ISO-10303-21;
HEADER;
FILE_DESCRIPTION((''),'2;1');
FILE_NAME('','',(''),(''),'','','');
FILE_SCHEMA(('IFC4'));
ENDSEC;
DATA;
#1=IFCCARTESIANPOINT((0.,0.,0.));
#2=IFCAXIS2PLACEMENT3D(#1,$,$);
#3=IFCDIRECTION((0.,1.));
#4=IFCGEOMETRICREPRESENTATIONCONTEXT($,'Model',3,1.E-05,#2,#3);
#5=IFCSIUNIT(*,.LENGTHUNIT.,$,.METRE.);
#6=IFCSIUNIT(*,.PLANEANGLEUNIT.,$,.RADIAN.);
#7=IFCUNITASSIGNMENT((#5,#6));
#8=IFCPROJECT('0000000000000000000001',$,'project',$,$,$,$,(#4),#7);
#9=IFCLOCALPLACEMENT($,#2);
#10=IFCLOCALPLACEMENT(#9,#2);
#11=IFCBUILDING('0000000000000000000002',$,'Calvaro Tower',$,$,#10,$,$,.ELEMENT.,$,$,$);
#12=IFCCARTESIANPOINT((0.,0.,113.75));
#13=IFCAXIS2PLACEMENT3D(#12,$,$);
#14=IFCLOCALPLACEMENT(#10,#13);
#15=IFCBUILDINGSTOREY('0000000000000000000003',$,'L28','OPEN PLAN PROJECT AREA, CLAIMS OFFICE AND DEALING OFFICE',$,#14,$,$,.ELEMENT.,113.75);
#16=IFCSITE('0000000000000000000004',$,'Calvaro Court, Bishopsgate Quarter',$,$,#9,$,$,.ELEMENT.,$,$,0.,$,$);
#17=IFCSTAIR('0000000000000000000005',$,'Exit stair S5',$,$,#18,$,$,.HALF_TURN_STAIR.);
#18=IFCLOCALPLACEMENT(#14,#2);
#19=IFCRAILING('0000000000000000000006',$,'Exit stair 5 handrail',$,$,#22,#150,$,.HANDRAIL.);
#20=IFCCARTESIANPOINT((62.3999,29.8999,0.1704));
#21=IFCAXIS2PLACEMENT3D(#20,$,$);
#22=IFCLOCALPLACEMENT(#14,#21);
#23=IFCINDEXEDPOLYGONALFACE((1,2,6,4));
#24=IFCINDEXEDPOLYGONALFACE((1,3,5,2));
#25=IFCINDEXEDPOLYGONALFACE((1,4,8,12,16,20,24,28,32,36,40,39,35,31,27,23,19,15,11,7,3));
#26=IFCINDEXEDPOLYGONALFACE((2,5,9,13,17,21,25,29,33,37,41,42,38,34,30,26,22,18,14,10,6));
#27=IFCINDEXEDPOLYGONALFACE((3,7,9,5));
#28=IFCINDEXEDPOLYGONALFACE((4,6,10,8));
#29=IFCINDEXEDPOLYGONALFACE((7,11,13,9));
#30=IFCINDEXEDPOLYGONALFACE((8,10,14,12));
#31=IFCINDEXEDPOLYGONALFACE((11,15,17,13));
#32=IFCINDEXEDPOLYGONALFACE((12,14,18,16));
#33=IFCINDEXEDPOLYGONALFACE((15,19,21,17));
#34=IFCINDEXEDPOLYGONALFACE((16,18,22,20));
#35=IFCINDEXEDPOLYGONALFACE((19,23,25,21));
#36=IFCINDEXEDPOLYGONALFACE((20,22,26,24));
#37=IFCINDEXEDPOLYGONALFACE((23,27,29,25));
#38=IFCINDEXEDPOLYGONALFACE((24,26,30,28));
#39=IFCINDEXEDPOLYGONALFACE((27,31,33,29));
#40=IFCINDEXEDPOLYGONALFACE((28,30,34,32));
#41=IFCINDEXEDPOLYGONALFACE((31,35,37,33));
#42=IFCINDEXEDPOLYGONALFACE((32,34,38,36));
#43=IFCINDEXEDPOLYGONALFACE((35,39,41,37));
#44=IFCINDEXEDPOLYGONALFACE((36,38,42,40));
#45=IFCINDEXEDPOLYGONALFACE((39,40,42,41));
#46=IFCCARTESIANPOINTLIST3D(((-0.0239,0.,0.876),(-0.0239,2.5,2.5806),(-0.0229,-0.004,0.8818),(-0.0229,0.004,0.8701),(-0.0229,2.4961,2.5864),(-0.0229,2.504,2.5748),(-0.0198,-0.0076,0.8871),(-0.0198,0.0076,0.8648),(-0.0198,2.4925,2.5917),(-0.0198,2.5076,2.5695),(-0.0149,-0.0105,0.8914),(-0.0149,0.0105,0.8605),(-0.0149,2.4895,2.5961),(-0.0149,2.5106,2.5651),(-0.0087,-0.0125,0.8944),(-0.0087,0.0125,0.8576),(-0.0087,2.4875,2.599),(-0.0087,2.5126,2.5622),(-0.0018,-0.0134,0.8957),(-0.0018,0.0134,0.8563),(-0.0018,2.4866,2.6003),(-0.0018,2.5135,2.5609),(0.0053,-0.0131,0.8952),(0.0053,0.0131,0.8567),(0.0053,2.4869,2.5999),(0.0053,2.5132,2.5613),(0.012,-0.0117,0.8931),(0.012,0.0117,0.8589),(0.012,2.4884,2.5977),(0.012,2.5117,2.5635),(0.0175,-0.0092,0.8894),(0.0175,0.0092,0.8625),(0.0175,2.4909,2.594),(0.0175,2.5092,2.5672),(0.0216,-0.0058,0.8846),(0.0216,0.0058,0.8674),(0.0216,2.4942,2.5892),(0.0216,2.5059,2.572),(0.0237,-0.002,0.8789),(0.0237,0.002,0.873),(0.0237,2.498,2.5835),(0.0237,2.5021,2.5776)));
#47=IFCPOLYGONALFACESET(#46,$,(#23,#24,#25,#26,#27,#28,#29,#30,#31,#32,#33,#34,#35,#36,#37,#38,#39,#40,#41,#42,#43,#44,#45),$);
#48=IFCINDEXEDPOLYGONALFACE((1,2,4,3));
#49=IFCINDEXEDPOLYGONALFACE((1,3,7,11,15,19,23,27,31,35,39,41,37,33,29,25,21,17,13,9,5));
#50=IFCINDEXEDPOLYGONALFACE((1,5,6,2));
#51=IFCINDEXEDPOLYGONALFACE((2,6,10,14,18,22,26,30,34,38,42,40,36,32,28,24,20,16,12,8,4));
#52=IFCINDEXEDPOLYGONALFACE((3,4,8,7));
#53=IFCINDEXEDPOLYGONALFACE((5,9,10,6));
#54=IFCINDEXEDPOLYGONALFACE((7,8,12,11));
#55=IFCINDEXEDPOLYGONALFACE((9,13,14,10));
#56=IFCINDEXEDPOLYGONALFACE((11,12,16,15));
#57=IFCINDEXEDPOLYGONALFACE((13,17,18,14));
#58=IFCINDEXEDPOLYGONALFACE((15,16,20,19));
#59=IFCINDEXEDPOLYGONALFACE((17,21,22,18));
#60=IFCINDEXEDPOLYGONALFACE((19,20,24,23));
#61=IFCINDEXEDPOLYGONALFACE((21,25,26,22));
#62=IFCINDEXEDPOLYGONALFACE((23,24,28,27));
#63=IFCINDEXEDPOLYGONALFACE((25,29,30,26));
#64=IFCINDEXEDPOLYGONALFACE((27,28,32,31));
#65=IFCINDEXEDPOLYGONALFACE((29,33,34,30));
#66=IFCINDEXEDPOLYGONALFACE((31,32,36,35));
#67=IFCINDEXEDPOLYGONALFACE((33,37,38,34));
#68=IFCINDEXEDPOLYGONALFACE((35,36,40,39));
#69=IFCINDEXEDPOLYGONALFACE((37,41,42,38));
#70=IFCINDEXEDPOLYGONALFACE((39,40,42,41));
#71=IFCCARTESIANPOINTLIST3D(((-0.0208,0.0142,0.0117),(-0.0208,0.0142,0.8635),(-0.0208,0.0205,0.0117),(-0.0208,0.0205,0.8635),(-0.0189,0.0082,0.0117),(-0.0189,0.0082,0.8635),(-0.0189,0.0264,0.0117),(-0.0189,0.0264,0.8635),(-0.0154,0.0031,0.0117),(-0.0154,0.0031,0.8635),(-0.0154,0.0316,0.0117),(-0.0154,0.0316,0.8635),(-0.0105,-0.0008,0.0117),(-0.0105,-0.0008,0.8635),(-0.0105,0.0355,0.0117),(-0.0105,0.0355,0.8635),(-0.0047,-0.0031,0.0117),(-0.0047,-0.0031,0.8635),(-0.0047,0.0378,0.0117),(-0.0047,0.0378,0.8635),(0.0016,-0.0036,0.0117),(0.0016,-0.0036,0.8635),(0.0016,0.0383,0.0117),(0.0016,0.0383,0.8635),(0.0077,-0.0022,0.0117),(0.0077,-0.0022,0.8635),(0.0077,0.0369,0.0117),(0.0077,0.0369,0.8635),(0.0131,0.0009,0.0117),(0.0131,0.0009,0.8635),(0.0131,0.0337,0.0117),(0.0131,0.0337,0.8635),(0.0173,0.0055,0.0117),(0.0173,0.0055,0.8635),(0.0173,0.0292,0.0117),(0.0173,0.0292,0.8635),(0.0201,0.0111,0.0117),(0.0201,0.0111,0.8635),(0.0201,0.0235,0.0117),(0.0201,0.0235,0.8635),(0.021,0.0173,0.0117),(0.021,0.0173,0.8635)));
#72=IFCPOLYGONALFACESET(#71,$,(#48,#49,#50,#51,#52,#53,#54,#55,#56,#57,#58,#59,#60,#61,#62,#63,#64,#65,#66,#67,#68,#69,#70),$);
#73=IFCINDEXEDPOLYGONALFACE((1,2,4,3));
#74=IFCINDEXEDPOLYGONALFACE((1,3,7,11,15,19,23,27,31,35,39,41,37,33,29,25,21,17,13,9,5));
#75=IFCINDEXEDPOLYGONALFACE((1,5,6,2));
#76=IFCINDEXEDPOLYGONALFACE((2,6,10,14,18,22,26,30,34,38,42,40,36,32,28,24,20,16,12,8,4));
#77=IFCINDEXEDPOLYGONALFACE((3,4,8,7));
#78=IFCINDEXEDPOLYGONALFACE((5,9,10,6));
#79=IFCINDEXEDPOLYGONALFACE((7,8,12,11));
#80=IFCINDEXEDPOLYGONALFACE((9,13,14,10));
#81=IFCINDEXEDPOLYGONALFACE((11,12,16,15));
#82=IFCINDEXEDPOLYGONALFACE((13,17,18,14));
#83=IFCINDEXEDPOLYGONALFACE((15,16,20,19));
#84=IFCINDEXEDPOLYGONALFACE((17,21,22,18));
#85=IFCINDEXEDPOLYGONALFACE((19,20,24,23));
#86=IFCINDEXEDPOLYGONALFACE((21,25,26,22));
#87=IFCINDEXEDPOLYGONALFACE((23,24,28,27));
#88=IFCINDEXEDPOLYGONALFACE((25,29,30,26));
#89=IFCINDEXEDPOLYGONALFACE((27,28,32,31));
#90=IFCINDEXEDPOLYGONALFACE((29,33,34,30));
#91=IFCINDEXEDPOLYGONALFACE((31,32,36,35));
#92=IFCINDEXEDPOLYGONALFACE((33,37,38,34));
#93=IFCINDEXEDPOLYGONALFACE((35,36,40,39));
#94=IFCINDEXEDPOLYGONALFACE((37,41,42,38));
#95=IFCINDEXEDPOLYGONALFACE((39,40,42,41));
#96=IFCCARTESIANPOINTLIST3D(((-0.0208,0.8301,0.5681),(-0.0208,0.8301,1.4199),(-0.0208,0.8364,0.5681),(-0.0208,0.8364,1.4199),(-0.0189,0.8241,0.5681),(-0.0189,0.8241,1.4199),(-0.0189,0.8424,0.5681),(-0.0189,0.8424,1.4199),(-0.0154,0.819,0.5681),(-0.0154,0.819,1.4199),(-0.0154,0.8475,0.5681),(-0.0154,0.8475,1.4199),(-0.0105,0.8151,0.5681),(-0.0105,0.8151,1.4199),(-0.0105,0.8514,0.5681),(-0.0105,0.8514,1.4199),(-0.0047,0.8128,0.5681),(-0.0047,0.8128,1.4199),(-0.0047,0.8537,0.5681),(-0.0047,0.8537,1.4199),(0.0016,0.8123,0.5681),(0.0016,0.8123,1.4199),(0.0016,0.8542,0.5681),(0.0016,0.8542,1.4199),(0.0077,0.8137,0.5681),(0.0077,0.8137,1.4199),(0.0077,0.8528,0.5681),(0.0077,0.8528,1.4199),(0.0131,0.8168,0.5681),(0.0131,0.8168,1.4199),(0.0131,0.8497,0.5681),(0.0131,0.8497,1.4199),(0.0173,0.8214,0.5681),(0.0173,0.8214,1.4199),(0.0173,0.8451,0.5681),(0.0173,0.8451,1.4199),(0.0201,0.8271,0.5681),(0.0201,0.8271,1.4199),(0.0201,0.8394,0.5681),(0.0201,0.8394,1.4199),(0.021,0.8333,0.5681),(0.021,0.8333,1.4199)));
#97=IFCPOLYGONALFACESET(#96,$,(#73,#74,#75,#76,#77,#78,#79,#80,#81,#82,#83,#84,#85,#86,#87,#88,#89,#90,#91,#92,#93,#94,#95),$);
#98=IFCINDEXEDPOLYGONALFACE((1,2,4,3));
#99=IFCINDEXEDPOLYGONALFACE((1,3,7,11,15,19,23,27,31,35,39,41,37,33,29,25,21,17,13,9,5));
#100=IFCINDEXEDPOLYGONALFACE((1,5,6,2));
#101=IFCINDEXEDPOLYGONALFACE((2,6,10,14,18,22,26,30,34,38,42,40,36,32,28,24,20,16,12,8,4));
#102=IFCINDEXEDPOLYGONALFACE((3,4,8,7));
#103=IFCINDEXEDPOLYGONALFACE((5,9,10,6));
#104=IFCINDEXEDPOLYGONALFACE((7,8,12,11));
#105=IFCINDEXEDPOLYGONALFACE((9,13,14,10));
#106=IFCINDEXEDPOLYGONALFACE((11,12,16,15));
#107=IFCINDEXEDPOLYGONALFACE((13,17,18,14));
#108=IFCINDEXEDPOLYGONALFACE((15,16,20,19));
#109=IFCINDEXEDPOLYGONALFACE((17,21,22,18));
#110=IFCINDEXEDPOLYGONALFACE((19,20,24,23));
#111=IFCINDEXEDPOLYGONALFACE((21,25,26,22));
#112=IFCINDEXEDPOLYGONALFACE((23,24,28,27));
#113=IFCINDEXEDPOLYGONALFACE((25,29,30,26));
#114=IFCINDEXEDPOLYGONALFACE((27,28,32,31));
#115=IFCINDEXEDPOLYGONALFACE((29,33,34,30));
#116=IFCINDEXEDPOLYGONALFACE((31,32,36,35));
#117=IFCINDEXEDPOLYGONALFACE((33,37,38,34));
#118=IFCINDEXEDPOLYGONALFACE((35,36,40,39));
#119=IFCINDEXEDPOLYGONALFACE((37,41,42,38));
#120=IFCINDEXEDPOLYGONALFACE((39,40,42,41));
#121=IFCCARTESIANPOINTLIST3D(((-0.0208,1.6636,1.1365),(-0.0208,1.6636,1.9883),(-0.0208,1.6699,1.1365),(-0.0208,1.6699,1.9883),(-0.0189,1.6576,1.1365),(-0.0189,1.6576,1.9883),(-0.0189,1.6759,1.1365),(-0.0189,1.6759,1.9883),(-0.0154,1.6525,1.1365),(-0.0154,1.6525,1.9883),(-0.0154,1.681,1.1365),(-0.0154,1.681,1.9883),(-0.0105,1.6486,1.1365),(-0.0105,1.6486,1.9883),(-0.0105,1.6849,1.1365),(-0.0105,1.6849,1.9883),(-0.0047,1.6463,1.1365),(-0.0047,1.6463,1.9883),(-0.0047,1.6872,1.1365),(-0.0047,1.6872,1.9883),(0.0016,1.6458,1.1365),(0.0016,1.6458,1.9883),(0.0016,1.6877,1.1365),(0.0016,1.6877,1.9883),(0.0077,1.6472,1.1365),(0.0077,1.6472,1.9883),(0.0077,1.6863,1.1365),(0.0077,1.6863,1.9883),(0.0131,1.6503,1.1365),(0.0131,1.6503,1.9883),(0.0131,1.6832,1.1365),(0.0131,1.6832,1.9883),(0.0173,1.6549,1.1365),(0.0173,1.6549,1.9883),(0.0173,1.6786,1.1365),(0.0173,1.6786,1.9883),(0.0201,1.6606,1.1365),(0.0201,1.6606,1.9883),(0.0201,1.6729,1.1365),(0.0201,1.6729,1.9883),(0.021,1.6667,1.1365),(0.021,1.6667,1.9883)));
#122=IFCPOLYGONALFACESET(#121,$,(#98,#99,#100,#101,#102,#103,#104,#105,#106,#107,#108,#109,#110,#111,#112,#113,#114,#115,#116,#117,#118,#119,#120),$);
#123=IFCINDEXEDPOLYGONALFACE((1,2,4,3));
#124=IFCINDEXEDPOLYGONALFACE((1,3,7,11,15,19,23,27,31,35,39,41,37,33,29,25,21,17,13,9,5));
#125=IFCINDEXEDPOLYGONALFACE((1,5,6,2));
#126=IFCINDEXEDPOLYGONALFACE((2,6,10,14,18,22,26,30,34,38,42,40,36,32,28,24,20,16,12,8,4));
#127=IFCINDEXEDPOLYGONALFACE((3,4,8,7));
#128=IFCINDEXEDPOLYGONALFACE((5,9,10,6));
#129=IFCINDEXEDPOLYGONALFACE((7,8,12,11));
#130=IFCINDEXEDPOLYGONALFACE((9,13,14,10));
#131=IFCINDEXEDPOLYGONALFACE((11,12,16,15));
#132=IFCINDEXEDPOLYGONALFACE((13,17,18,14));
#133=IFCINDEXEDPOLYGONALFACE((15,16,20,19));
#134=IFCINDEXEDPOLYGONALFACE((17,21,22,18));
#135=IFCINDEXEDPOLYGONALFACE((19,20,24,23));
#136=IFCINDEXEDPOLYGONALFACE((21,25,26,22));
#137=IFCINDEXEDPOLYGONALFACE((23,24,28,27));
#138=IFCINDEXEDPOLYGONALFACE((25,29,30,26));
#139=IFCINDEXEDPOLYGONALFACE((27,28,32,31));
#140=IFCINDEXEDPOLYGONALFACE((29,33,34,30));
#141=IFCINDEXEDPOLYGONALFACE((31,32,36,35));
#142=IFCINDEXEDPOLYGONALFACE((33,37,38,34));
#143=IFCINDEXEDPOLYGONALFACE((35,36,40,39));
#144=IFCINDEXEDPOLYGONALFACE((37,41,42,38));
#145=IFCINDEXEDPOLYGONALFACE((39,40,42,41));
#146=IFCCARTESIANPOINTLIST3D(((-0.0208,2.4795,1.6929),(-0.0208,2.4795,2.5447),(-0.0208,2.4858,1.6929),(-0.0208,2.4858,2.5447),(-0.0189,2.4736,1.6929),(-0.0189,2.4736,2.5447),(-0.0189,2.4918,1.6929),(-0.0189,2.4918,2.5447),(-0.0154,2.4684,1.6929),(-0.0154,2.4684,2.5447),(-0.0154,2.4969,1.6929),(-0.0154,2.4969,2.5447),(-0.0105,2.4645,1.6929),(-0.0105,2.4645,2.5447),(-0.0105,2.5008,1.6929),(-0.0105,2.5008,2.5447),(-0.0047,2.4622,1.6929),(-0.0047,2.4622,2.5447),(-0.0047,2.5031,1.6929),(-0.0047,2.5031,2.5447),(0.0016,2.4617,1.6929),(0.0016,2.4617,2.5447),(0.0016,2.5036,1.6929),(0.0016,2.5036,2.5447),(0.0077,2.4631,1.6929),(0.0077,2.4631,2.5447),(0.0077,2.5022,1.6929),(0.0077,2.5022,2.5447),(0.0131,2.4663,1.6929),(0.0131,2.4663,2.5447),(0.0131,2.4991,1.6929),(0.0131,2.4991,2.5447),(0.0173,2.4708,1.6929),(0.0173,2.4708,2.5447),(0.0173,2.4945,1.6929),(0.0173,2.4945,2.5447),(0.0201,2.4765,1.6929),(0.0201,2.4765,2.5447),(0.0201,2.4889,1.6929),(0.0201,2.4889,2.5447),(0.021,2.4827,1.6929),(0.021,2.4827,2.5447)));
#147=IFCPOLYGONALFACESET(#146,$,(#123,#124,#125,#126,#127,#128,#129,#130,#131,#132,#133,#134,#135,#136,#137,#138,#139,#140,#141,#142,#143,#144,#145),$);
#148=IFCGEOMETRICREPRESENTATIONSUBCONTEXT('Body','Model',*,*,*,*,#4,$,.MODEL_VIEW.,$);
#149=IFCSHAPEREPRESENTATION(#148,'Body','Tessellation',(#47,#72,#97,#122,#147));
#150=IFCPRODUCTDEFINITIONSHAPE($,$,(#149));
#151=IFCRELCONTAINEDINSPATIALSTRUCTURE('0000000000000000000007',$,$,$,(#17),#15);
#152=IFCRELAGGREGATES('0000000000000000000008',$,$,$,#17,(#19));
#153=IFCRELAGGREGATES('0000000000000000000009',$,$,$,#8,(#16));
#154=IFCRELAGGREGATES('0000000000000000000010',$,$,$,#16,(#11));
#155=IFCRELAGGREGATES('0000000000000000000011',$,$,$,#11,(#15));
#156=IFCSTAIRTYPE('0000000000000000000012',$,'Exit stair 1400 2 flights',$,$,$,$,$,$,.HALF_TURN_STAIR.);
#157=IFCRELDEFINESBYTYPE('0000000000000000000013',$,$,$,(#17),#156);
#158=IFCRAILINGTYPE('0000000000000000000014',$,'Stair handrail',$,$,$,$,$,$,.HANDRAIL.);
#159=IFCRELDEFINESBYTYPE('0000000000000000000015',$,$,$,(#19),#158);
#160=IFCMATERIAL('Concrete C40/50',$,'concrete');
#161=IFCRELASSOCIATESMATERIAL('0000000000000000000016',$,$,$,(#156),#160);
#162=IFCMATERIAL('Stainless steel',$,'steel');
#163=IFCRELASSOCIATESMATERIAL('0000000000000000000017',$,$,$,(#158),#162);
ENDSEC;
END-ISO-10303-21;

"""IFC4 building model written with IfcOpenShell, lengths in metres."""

from ifc_helpers import new_model, si_unit, direction, frame, origin, origin_2d, place, context, subcontext, project, spatial, circle, extrude, material, type_object, element, aggregate, save


model = new_model("IFC4")

# Units and contexts
model_context = context("Model", 3, precision=1e-05, world=origin(), true_north=direction((0.0, 1.0)))
body_context = subcontext(model_context, "Body", "Model", "MODEL_VIEW")
ifc_project = project(units=[si_unit("LENGTHUNIT", "METRE"), si_unit("PLANEANGLEUNIT", "RADIAN")], contexts=[model_context])

# Site, building, storey
site_placement = place(None, origin())
site = spatial("IfcSite", under=ifc_project, at=site_placement, Name="Calvaro Court, Bishopsgate Quarter", CompositionType="ELEMENT", RefElevation=0.0)
building_placement = place(site_placement, origin())
building = spatial("IfcBuilding", under=site, at=building_placement, Name="Calvaro Tower", CompositionType="ELEMENT")
storey_placement = place(building_placement, frame((0.0, 0.0, 113.75)))
storey = spatial("IfcBuildingStorey", under=building, at=storey_placement, Name="L28", Description="OPEN PLAN PROJECT AREA, CLAIMS OFFICE AND DEALING OFFICE", CompositionType="ELEMENT", Elevation=113.75)

# Stair
ifc_material_1 = material(Name="Concrete C40/50", Category="concrete")
stair_type = type_object("IfcStairType", Name="Exit stair 1400 2 flights", PredefinedType="HALF_TURN_STAIR", material=ifc_material_1)
stair_1_placement = place(storey_placement, origin())
stair_1 = element("IfcStair", 1, at=stair_1_placement, inside=storey, type_object=stair_type, Name="Exit stair S5", PredefinedType="HALF_TURN_STAIR")

# Shared definitions
ifc_material_2 = material(Name="Stainless steel", Category="steel")
railing_type = type_object("IfcRailingType", Name="Stair handrail", PredefinedType="HANDRAIL", material=ifc_material_2)

# Railing
railing_1_placement = place(storey_placement, frame((62.3999, 29.8999, 0.1704)))
railing_1 = element("IfcRailing", 2, at=railing_1_placement, type_object=railing_type, Name="Exit stair 5 handrail", PredefinedType="HANDRAIL", context=body_context, shape_type="SweptSolid", body=[
    extrude(circle(Radius=0.0239, at=origin_2d()), frame((0.0, 0.0, 0.876), z_axis=(0.0, 0.826221, 0.563347), x_axis=(-1.0, 0.0, 0.0)), (0.0, 0.0, 1.0), 3.0259),
    extrude(circle(Radius=0.021, at=origin_2d()), frame((0.0, 0.0173, 0.0117)), (0.0, 0.0, 1.0), 0.8518),
    extrude(circle(Radius=0.021, at=origin_2d()), frame((0.0, 0.8333, 0.5681)), (0.0, 0.0, 1.0), 0.8518),
    extrude(circle(Radius=0.021, at=origin_2d()), frame((0.0, 1.6667, 1.1365)), (0.0, 0.0, 1.0), 0.8518),
    extrude(circle(Radius=0.021, at=origin_2d()), frame((0.0, 2.4827, 1.6929)), (0.0, 0.0, 1.0), 0.8518),
])
aggregate(stair_1, [railing_1])

save(model, "model.ifc")
